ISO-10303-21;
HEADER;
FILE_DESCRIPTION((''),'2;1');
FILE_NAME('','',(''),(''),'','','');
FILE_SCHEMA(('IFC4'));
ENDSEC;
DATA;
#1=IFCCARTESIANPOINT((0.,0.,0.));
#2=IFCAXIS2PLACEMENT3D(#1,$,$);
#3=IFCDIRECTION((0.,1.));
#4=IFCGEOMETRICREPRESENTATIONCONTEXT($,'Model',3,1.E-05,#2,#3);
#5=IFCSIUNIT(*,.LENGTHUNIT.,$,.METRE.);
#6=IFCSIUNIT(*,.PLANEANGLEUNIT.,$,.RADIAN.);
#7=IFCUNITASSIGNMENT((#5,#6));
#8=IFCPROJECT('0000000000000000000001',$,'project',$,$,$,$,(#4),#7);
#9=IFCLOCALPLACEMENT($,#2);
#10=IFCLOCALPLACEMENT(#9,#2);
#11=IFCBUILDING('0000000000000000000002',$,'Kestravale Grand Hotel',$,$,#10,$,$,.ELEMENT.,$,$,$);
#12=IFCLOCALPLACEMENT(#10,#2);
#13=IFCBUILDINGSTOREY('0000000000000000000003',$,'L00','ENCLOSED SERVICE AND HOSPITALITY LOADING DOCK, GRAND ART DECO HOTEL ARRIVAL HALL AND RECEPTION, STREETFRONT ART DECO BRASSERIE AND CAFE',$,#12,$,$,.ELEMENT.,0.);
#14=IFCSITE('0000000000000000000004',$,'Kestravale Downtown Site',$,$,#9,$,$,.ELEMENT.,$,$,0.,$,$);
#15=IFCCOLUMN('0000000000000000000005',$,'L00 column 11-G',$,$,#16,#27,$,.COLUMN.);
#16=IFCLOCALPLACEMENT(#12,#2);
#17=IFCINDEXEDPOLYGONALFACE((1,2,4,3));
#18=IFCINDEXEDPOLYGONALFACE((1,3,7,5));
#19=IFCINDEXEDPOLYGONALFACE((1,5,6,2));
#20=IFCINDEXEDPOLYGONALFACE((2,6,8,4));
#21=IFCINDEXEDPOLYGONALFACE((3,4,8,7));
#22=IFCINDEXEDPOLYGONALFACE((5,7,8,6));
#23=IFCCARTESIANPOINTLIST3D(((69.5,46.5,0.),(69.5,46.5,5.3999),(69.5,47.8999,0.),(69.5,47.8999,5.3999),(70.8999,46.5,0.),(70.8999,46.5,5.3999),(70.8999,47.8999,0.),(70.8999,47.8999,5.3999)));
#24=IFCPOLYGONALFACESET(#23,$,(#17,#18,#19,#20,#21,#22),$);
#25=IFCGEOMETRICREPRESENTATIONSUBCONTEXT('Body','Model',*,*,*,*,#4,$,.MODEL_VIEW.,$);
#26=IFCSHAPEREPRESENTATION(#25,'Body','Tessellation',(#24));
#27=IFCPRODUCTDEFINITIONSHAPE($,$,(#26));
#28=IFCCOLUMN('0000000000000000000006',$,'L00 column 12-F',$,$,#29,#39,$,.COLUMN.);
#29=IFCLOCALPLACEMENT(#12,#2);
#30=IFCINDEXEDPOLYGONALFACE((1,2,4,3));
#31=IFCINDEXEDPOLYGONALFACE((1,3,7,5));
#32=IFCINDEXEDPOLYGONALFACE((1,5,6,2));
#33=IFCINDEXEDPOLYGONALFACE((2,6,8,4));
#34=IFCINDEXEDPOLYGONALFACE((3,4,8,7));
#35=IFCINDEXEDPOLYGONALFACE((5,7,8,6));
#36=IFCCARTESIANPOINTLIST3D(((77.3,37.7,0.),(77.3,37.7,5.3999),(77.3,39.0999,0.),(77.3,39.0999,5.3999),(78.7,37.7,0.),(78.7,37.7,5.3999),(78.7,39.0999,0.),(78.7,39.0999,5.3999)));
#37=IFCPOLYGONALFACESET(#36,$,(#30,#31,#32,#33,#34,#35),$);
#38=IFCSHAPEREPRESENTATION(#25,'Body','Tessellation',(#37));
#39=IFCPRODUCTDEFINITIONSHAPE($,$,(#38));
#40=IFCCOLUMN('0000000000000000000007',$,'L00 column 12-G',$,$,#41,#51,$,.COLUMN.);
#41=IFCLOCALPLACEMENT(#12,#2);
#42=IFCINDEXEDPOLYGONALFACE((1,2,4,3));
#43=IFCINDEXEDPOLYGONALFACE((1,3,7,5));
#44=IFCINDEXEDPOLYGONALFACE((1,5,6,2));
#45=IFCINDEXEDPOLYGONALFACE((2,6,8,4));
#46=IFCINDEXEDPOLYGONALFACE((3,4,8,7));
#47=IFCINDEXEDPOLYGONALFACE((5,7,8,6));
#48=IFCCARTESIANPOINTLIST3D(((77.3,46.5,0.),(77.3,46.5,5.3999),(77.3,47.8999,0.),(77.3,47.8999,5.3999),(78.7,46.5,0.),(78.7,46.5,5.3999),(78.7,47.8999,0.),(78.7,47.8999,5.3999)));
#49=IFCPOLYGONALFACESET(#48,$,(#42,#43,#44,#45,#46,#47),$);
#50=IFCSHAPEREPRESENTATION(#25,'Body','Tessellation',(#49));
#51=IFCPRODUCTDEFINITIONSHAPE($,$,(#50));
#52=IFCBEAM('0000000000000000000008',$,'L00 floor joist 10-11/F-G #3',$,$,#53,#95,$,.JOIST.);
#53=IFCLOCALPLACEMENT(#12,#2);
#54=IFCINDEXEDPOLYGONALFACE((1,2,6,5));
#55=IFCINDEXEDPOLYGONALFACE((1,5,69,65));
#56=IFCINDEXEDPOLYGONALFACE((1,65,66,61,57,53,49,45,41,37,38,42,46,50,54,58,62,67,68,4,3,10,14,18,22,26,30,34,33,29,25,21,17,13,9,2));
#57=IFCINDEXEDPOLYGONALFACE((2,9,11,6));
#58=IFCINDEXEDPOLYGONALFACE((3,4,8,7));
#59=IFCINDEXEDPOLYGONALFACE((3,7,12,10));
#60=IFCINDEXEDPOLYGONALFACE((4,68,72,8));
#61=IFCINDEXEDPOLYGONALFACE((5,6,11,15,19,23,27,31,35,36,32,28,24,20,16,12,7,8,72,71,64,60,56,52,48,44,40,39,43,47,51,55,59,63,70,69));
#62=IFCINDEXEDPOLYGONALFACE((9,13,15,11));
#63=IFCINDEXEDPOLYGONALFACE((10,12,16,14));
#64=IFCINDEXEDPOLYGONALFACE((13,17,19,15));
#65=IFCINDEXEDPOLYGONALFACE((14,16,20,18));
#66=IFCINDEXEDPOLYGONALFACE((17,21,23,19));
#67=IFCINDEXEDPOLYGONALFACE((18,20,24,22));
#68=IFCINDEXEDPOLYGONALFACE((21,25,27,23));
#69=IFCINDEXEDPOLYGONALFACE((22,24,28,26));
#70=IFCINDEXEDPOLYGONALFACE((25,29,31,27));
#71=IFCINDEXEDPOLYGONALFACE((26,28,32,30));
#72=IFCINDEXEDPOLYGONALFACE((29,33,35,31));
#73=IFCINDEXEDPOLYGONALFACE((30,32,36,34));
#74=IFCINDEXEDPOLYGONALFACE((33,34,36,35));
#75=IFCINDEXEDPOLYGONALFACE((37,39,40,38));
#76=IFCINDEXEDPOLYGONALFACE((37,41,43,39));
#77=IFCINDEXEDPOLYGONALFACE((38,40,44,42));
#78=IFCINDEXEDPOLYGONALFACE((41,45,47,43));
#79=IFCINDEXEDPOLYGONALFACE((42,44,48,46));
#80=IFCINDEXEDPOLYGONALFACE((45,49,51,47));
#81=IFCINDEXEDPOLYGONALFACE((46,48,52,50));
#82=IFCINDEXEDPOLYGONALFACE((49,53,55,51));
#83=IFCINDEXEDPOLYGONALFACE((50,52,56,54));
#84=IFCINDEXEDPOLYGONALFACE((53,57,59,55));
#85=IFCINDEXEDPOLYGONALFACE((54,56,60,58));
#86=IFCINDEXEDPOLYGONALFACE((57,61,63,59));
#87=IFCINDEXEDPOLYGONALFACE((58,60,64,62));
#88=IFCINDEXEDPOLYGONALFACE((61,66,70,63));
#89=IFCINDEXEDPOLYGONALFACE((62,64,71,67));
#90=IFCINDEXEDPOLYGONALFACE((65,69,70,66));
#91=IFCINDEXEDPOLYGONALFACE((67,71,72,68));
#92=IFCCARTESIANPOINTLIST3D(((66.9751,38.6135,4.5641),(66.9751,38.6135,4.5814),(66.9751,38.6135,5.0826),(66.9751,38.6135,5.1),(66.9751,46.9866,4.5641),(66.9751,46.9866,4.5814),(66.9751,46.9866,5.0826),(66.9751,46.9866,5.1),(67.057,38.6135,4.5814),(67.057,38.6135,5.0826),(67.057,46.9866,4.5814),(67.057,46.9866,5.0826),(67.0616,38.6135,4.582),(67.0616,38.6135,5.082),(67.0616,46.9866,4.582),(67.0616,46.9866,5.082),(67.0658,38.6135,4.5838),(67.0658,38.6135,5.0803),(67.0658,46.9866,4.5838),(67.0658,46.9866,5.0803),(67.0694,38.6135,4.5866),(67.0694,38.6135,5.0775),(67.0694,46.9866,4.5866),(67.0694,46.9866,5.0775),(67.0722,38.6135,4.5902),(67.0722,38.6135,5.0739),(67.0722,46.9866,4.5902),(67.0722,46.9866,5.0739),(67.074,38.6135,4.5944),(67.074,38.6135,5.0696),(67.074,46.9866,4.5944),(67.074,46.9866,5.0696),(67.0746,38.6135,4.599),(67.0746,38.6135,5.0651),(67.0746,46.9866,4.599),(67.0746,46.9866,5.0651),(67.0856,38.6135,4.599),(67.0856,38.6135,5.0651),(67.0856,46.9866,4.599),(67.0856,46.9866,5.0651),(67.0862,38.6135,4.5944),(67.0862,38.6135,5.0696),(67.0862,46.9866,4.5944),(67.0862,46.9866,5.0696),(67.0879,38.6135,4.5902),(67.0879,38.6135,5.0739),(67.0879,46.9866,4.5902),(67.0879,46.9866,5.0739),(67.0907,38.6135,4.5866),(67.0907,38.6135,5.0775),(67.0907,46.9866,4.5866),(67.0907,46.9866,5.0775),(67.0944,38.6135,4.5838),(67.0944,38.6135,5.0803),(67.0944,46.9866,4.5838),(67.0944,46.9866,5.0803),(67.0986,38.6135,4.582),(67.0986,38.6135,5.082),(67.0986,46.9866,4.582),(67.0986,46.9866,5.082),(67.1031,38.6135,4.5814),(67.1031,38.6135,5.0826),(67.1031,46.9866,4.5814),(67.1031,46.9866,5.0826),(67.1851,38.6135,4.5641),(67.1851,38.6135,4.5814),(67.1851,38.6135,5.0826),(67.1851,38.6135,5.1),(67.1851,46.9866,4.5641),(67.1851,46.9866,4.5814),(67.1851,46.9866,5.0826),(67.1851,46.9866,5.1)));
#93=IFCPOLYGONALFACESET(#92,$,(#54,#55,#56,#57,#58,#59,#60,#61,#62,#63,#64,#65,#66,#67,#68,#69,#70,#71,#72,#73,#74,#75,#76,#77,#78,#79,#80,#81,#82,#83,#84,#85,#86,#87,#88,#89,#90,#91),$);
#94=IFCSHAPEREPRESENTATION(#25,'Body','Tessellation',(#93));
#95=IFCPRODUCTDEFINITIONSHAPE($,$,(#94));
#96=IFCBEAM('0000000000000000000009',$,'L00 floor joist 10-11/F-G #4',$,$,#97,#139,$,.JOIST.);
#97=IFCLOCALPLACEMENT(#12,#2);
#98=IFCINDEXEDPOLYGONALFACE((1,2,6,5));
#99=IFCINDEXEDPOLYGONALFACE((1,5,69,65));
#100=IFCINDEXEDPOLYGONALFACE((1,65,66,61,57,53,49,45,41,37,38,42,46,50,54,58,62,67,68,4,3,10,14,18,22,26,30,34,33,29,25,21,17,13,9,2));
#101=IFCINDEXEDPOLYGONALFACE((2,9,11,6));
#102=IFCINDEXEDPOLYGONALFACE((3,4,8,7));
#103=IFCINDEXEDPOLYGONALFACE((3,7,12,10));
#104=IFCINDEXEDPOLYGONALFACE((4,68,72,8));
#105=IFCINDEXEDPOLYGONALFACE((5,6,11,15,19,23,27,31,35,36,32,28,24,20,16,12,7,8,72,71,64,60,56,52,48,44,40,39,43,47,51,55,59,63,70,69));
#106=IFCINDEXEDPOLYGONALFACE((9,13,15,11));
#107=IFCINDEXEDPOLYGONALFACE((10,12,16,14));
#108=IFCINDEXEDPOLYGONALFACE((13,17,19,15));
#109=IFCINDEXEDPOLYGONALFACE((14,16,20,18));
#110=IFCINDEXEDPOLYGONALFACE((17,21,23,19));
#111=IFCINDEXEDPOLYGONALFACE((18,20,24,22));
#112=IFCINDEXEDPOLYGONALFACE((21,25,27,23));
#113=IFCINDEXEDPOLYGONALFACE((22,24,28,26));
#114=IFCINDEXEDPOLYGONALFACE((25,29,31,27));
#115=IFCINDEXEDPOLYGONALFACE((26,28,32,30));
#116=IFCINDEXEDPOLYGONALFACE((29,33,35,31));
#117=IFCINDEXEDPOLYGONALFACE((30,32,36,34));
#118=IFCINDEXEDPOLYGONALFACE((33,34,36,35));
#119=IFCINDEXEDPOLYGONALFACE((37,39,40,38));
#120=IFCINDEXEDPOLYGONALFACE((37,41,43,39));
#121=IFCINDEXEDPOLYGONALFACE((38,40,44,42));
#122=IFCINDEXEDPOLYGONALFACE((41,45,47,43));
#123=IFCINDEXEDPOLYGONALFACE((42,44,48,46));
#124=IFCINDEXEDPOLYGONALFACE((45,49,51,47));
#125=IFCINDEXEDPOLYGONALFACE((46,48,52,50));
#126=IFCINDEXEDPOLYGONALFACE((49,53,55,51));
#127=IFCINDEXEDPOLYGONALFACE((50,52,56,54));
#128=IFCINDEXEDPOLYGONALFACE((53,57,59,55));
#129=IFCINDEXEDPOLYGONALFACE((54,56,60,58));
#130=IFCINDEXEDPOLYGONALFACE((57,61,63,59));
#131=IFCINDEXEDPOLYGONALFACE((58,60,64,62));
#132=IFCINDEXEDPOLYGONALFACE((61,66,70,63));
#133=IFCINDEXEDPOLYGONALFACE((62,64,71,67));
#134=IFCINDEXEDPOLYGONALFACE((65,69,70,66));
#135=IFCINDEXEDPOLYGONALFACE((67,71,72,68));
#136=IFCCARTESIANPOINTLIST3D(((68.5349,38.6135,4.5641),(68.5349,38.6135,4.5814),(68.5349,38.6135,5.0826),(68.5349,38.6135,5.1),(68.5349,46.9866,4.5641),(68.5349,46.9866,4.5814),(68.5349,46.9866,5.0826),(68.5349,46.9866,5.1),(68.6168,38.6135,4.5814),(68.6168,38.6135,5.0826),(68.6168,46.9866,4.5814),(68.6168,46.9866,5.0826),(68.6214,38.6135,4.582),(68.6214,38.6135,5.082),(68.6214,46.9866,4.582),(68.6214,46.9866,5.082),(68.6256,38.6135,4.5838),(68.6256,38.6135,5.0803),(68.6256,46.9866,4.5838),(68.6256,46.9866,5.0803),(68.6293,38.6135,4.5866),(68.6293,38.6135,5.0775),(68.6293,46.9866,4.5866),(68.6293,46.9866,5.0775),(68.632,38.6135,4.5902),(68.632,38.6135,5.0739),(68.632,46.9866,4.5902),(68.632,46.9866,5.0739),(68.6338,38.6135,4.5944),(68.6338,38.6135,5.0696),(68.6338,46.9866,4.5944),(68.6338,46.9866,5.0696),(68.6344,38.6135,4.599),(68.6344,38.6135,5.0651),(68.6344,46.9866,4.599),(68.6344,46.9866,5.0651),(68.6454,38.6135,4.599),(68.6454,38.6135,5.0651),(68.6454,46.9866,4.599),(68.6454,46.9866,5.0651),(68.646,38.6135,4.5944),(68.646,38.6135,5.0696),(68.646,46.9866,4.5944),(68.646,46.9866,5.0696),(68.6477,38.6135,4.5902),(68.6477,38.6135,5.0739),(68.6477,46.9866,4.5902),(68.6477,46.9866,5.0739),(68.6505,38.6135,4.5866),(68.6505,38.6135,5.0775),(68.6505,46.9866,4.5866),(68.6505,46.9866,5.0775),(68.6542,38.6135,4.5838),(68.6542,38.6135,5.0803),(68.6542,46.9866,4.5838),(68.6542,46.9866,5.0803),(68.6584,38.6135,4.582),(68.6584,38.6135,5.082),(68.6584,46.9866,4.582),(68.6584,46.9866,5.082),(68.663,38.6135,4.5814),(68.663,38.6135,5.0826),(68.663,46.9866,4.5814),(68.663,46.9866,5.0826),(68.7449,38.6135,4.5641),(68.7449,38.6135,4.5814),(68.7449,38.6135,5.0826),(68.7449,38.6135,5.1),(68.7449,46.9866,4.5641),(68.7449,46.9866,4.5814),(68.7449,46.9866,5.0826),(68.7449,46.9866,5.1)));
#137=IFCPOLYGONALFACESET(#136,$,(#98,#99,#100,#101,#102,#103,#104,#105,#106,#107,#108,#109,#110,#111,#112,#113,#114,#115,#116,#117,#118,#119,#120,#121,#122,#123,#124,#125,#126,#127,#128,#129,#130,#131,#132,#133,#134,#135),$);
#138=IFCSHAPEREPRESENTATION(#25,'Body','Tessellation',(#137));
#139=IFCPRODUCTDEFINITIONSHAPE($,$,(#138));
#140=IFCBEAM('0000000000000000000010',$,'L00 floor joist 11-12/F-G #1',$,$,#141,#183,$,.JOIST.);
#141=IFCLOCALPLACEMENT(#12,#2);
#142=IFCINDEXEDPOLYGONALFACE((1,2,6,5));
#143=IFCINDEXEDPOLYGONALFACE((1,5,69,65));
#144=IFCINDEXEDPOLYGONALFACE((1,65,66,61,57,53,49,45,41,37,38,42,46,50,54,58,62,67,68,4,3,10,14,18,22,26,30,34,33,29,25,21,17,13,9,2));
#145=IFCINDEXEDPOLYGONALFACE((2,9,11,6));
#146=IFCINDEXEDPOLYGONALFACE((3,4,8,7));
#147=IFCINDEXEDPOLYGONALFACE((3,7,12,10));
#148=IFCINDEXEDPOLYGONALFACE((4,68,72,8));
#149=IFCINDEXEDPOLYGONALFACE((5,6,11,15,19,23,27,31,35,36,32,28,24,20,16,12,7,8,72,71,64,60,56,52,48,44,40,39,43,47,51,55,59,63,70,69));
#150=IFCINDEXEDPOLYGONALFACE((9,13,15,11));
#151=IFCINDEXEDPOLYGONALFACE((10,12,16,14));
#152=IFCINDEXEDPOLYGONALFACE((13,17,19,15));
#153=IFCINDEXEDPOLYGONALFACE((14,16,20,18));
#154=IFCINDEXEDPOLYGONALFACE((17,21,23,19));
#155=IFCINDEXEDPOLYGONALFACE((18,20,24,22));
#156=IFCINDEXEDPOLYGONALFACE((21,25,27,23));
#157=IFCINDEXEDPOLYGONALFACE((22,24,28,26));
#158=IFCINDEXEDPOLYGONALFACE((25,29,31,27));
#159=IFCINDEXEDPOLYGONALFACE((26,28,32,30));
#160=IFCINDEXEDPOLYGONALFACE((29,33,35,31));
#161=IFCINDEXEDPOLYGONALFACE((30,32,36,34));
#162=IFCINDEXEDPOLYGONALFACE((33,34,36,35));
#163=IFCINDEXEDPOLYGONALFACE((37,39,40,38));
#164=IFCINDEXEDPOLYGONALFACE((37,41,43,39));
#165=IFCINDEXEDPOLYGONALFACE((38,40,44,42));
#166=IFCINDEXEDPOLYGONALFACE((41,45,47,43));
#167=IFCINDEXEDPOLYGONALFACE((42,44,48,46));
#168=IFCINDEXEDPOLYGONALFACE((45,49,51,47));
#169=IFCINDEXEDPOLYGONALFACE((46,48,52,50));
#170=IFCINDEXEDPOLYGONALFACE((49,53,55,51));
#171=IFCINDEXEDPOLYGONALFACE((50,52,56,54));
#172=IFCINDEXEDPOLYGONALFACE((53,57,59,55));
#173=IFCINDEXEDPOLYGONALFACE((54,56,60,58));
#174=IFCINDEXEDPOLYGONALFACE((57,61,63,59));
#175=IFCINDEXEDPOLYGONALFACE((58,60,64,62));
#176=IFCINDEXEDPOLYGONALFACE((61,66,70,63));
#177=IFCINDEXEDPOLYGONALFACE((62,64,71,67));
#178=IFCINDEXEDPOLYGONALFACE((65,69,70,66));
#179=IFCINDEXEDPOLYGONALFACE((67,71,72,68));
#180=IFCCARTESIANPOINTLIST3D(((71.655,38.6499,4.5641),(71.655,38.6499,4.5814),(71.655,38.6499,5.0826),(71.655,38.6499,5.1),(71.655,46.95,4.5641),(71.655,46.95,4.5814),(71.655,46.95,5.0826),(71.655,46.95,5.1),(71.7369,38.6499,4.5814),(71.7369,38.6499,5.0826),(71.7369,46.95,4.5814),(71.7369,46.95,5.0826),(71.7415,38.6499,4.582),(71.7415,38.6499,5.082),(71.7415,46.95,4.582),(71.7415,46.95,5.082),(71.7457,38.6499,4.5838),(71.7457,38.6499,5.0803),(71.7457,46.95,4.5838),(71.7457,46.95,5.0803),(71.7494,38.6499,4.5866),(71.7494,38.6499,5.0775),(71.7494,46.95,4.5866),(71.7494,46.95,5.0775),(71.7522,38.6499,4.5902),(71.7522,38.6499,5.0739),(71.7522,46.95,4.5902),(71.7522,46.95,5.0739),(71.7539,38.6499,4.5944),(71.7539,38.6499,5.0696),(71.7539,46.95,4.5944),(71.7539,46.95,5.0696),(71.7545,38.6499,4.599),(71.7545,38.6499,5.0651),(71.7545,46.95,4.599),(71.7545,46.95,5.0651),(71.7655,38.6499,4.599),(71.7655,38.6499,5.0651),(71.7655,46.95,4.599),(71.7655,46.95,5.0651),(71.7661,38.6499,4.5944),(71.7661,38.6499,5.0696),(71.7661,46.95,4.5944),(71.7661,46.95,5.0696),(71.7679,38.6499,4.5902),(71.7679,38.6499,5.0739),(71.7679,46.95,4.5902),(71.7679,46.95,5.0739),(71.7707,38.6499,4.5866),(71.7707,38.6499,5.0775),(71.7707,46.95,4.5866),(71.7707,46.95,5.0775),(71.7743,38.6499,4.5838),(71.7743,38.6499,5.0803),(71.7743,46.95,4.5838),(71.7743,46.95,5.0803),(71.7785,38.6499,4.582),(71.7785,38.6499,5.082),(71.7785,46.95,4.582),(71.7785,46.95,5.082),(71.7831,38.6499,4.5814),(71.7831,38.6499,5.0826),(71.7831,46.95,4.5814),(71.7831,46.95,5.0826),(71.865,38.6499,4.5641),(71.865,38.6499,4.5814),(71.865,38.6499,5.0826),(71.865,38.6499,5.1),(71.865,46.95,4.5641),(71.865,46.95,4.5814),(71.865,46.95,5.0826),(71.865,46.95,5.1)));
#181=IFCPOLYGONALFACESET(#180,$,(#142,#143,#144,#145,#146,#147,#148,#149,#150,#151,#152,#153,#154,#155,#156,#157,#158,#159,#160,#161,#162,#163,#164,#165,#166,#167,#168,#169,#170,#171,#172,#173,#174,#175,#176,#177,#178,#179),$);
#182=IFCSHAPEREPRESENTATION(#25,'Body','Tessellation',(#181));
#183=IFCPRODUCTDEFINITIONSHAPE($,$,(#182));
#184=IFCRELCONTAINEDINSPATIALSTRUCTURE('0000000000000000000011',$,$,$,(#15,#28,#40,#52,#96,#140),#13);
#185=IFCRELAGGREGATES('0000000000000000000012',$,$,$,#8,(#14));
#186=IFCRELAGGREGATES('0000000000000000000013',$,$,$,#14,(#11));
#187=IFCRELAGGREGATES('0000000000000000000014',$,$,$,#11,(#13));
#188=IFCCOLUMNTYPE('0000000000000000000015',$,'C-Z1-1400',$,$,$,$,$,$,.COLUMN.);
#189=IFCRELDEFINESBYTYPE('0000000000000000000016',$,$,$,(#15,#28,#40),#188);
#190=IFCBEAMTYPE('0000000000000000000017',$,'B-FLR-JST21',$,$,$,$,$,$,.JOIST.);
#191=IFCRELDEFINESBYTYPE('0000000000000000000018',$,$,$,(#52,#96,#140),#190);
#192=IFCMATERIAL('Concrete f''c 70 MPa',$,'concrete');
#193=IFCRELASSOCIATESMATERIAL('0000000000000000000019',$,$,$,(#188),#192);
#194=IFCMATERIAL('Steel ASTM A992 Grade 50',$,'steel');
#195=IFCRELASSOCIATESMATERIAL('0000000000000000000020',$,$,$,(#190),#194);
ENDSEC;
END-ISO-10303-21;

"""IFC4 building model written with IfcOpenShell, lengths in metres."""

from ifc_helpers import new_model, si_unit, direction, frame, origin, origin_2d, place, context, subcontext, project, spatial, rectangle, i_section, extrude, material, material_profile, profile_set, type_object, element, save


model = new_model("IFC4")

# Units and contexts
model_context = context("Model", 3, precision=1e-05, world=origin(), true_north=direction((0.0, 1.0)))
body_context = subcontext(model_context, "Body", "Model", "MODEL_VIEW")
ifc_project = project(units=[si_unit("LENGTHUNIT", "METRE"), si_unit("PLANEANGLEUNIT", "RADIAN")], contexts=[model_context])

# Site, building, storey
site_placement = place(None, origin())
site = spatial("IfcSite", under=ifc_project, at=site_placement, Name="Kestravale Downtown Site", CompositionType="ELEMENT", RefElevation=0.0)
building_placement = place(site_placement, origin())
building = spatial("IfcBuilding", under=site, at=building_placement, Name="Kestravale Grand Hotel", CompositionType="ELEMENT")
storey_placement = place(building_placement, origin())
storey = spatial("IfcBuildingStorey", under=building, at=storey_placement, Name="L00", Description="ENCLOSED SERVICE AND HOSPITALITY LOADING DOCK, GRAND ART DECO HOTEL ARRIVAL HALL AND RECEPTION, STREETFRONT ART DECO BRASSERIE AND CAFE", CompositionType="ELEMENT", Elevation=0.0)

# Columns
ifc_material_1 = material(Name="Concrete f'c 70 MPa", Category="concrete")
ifc_material_profile_1 = material_profile(ifc_material_1, rectangle(XDim=1.3999, YDim=1.3999, at=origin_2d()))
ifc_profile_set_1 = profile_set([ifc_material_profile_1], Name="Concrete f'c 70 MPa")
column_type = type_object("IfcColumnType", Name="C-Z1-1400", PredefinedType="COLUMN", material=ifc_profile_set_1)
for number, where, z_axis, x_axis, name in (
    (1, (70.2, 47.2, 0.0), (0.0, 0.0, 1.0), (1.0, 0.0, 0.0), "L00 column 11-G"),
    (2, (78.0, 38.3999, 0.0), (0.0, 0.0, 1.0), (1.0, 0.0, 0.0), "L00 column 12-F"),
    (3, (78.0, 47.2, 0.0), (0.0, 0.0, 1.0), (1.0, 0.0, 0.0), "L00 column 12-G"),
):
    element("IfcColumn", number, at=place(storey_placement, frame(where, z_axis=z_axis, x_axis=x_axis)), inside=storey, type_object=column_type, Name=name, PredefinedType="COLUMN", context=body_context, shape_type="SweptSolid", body=[
        extrude(rectangle(XDim=1.3999, YDim=1.3999, at=origin_2d()), origin(), (0.0, 0.0, 1.0), 5.3999),
    ])

# Beams
ifc_material_2 = material(Name="Steel ASTM A992 Grade 50", Category="steel")
ifc_material_profile_2 = material_profile(ifc_material_2, i_section(OverallWidth=0.21, OverallDepth=0.5359, WebThickness=0.011, FlangeThickness=0.0173, FilletRadius=0.0176, at=origin_2d()))
ifc_profile_set_2 = profile_set([ifc_material_profile_2], Name="Steel ASTM A992 Grade 50")
beam_type_1 = type_object("IfcBeamType", Name="B-FLR-JST21", PredefinedType="JOIST", material=ifc_profile_set_2)
for number, where, z_axis, x_axis, name in (
    (4, (67.0801, 38.6135, 4.832), (0.0, 1.0, 0.0), (-1.0, 0.0, 0.0), "L00 floor joist 10-11/F-G #3"),
    (5, (68.6399, 38.6135, 4.832), (0.0, 1.0, 0.0), (-1.0, 0.0, 0.0), "L00 floor joist 10-11/F-G #4"),
):
    element("IfcBeam", number, at=place(storey_placement, frame(where, z_axis=z_axis, x_axis=x_axis)), inside=storey, type_object=beam_type_1, Name=name, PredefinedType="JOIST", context=body_context, shape_type="SweptSolid", body=[
        extrude(i_section(OverallWidth=0.21, OverallDepth=0.5359, WebThickness=0.011, FlangeThickness=0.0173, FilletRadius=0.0176, at=origin_2d()), origin(), (0.0, 0.0, 1.0), 8.373),
    ])
for number, where, z_axis, x_axis, name in (
    (6, (71.76, 38.6499, 4.832), (0.0, 1.0, 0.0), (-1.0, 0.0, 0.0), "L00 floor joist 11-12/F-G #1"),
):
    element("IfcBeam", number, at=place(storey_placement, frame(where, z_axis=z_axis, x_axis=x_axis)), inside=storey, type_object=beam_type_1, Name=name, PredefinedType="JOIST", context=body_context, shape_type="SweptSolid", body=[
        extrude(i_section(OverallWidth=0.21, OverallDepth=0.5359, WebThickness=0.011, FlangeThickness=0.0173, FilletRadius=0.0176, at=origin_2d()), origin(), (0.0, 0.0, 1.0), 8.3),
    ])

save(model, "model.ifc")
